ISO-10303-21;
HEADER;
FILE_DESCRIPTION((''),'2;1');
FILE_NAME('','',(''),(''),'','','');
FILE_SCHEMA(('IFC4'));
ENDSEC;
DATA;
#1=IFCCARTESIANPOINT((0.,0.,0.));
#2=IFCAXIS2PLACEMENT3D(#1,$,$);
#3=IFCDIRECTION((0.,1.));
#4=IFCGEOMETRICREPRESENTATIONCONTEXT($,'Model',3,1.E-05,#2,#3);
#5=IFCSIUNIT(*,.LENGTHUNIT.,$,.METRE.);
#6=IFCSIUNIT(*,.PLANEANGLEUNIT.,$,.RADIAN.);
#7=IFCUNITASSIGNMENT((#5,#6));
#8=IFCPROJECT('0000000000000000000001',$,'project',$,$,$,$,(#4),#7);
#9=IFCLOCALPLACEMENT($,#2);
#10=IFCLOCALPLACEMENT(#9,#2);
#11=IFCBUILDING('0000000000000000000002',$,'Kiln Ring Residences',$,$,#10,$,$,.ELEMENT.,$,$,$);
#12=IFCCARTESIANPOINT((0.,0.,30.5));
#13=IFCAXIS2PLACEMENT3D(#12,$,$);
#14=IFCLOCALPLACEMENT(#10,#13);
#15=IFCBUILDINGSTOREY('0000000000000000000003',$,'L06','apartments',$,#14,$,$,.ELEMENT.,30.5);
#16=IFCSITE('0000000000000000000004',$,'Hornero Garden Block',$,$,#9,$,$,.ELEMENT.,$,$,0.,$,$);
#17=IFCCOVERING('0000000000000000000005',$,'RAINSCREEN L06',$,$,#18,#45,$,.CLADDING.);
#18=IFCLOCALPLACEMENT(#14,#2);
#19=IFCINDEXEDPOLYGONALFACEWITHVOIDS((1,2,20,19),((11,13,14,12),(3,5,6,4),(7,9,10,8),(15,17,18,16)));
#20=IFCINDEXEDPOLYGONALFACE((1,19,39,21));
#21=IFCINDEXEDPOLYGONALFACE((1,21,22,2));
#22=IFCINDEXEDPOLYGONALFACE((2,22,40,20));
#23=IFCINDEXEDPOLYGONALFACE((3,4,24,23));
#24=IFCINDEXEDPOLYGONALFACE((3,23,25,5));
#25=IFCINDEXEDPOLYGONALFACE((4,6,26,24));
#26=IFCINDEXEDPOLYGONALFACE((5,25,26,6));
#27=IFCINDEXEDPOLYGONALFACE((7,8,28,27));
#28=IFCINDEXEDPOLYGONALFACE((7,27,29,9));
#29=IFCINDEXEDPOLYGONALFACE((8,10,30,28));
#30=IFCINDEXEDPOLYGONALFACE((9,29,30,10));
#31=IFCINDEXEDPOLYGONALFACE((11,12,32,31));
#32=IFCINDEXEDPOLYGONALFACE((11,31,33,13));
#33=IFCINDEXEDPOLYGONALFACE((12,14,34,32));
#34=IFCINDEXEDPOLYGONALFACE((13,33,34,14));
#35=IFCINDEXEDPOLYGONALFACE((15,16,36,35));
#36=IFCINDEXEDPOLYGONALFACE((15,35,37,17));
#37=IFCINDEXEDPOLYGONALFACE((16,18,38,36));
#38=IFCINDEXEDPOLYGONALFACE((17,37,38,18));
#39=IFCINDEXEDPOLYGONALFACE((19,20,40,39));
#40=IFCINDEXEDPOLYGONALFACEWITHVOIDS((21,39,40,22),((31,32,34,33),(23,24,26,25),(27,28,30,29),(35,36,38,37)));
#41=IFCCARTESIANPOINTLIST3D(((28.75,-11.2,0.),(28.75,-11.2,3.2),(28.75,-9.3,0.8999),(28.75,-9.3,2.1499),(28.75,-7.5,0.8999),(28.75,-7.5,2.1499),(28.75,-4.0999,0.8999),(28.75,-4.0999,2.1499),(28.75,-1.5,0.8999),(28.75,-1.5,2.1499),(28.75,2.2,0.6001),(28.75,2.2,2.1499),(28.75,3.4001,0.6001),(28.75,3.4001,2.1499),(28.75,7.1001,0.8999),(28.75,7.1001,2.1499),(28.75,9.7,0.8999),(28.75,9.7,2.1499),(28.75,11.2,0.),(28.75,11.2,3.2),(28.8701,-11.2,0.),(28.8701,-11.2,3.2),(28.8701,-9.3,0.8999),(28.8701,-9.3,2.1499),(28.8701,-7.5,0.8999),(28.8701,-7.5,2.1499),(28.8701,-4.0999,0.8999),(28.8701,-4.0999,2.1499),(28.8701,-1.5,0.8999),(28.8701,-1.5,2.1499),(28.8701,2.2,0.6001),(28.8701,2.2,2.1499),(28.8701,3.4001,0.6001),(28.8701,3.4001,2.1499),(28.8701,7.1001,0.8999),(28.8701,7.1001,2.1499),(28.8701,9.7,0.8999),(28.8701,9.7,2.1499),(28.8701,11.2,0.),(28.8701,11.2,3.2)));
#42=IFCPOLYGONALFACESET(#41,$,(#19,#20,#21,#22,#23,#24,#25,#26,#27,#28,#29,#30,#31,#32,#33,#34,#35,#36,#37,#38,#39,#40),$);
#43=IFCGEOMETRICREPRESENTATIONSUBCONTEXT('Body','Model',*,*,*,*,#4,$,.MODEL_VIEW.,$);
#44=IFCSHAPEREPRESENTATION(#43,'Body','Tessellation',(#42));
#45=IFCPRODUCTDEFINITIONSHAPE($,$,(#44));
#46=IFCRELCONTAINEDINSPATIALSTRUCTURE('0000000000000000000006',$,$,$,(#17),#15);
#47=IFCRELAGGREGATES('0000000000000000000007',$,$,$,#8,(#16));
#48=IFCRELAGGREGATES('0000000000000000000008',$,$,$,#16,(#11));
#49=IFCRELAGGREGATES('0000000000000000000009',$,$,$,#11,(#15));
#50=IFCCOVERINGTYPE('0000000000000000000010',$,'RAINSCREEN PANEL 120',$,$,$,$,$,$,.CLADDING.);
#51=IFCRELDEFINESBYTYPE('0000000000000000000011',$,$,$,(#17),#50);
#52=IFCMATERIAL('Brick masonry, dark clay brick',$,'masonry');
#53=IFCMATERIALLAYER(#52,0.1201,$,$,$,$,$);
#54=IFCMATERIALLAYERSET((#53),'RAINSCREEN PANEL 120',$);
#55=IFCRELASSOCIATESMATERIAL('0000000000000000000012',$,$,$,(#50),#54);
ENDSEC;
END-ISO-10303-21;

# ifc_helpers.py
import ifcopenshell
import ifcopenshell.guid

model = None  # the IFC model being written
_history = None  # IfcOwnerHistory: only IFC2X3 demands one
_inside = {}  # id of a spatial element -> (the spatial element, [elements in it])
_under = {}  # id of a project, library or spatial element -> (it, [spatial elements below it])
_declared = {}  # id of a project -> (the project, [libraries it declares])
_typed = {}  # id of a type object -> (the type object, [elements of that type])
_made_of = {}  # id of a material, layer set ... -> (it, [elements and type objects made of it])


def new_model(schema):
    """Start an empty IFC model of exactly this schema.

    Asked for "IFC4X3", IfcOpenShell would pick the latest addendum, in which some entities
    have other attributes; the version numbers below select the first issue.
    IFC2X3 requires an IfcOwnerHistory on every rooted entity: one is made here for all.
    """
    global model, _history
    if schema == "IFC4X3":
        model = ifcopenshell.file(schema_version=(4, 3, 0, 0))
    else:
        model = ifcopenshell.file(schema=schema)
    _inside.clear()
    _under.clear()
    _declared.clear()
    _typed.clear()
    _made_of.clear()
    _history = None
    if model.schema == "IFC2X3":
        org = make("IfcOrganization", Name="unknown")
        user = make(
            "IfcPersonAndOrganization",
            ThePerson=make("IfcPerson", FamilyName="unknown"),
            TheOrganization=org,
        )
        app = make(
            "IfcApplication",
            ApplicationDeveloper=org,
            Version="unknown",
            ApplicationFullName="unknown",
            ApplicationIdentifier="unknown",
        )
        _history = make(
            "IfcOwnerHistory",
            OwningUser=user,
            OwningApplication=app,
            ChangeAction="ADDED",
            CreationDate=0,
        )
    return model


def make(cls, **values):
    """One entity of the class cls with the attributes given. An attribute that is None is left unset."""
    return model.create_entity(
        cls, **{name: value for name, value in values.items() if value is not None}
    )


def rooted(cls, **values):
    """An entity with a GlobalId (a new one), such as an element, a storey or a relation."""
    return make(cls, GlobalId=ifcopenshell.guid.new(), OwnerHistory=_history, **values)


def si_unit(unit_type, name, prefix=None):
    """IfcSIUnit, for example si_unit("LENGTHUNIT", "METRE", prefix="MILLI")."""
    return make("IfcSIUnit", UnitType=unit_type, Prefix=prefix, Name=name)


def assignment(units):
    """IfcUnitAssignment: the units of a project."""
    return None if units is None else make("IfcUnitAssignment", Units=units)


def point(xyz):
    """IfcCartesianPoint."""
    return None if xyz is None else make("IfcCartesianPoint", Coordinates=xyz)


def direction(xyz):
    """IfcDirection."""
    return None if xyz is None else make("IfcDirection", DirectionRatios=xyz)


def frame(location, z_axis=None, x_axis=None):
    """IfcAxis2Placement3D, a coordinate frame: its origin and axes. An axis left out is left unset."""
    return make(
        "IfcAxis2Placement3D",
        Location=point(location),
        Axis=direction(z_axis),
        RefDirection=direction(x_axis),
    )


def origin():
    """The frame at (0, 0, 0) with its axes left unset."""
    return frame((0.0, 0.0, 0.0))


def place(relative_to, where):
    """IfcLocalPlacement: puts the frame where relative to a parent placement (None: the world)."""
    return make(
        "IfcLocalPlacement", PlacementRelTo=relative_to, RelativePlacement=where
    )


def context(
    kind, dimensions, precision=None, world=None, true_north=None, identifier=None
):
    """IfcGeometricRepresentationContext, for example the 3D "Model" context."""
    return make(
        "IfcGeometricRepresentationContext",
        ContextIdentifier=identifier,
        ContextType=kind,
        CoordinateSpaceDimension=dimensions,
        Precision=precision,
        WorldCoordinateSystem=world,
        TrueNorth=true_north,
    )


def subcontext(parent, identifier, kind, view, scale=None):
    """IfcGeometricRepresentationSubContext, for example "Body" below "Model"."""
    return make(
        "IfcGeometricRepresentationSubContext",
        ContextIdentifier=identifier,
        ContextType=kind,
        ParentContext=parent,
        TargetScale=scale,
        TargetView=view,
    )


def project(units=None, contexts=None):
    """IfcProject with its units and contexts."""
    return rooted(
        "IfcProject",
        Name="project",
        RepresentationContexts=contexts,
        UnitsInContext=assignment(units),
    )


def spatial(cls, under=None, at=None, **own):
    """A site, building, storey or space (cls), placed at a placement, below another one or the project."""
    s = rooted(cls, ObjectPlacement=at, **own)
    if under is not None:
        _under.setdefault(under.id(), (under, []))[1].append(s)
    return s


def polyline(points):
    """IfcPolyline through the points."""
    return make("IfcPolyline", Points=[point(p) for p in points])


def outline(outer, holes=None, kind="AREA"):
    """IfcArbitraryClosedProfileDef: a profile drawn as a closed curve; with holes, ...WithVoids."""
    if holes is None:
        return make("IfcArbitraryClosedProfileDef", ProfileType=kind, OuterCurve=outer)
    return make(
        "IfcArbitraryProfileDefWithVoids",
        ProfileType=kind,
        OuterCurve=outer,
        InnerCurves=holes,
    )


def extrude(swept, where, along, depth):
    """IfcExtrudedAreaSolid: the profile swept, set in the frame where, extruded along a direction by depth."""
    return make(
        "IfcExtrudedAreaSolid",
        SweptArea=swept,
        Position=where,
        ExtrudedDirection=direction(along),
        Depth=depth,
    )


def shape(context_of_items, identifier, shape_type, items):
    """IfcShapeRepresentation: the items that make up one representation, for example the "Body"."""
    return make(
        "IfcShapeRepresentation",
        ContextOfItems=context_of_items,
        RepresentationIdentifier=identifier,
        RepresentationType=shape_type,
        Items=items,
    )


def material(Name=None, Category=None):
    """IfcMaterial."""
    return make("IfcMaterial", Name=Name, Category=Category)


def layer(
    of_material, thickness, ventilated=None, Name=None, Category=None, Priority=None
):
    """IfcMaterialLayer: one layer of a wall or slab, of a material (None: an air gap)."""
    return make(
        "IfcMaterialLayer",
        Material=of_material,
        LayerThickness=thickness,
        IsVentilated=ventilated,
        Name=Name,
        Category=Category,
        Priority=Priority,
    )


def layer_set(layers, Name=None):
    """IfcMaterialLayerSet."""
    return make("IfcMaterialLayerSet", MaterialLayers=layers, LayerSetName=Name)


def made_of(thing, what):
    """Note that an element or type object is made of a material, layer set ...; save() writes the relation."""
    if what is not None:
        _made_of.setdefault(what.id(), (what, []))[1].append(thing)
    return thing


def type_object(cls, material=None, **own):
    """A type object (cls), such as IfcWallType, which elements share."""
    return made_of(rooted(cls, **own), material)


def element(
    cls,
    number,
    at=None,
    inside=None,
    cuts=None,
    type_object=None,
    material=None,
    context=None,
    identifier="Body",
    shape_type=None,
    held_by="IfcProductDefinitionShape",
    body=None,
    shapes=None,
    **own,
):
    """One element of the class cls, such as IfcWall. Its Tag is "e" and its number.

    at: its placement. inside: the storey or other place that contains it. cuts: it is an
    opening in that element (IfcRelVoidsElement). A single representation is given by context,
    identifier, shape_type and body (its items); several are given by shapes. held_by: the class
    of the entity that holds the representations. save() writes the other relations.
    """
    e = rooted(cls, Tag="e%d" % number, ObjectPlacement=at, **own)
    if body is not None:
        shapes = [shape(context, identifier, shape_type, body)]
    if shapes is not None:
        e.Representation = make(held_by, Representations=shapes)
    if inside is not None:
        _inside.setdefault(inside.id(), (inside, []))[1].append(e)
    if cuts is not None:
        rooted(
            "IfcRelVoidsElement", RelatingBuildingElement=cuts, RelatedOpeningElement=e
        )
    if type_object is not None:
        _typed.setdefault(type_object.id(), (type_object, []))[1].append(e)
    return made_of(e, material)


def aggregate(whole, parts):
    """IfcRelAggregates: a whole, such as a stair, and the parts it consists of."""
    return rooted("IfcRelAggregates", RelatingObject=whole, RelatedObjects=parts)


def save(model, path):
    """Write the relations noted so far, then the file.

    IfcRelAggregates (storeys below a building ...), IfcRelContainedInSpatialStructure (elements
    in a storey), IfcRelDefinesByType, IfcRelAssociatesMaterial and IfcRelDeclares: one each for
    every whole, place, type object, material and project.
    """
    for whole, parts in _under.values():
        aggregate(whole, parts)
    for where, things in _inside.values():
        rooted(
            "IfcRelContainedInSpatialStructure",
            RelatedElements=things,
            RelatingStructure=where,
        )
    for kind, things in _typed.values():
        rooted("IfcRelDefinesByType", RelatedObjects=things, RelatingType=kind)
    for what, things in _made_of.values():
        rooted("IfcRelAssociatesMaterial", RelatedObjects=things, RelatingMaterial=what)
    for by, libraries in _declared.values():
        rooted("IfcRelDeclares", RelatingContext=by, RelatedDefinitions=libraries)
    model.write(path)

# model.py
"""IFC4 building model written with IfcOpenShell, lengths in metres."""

from ifc_helpers import new_model, si_unit, direction, frame, origin, place, context, subcontext, project, spatial, polyline, outline, extrude, material, layer, layer_set, type_object, element, save


model = new_model("IFC4")

# Units and contexts
model_context = context("Model", 3, precision=1e-05, world=origin(), true_north=direction((0.0, 1.0)))
body_context = subcontext(model_context, "Body", "Model", "MODEL_VIEW")
ifc_project = project(units=[si_unit("LENGTHUNIT", "METRE"), si_unit("PLANEANGLEUNIT", "RADIAN")], contexts=[model_context])

# Site, building, storey
site_placement = place(None, origin())
site = spatial("IfcSite", under=ifc_project, at=site_placement, Name="Hornero Garden Block", CompositionType="ELEMENT", RefElevation=0.0)
building_placement = place(site_placement, origin())
building = spatial("IfcBuilding", under=site, at=building_placement, Name="Kiln Ring Residences", CompositionType="ELEMENT")
storey_placement = place(building_placement, frame((0.0, 0.0, 30.5)))
storey = spatial("IfcBuildingStorey", under=building, at=storey_placement, Name="L06", Description="apartments", CompositionType="ELEMENT", Elevation=30.5)

# Covering
ifc_material_1 = material(Name="Brick masonry, dark clay brick", Category="masonry")
ifc_layer_1 = layer(ifc_material_1, 0.1201)
ifc_layer_set_1 = layer_set([ifc_layer_1], Name="RAINSCREEN PANEL 120")
covering_type = type_object("IfcCoveringType", Name="RAINSCREEN PANEL 120", PredefinedType="CLADDING", material=ifc_layer_set_1)
covering_placement = place(storey_placement, frame((28.8101, -11.2, 0.0), z_axis=(0.0, 0.0, 1.0), x_axis=(0.0, 1.0, 0.0)))
element("IfcCovering", 1, at=covering_placement, inside=storey, type_object=covering_type, Name="RAINSCREEN L06", PredefinedType="CLADDING", context=body_context, shape_type="SweptSolid", body=[
    extrude(outline(polyline([(0.0, 0.0), (22.3999, 0.0), (22.3999, 3.2), (0.0, 3.2), (0.0, 0.0)]), holes=[polyline([(14.6001, 0.6001), (14.6001, 2.1499), (13.3999, 2.1499), (13.3999, 0.6001), (14.6001, 0.6001)]), polyline([(3.7, 0.8999), (3.7, 2.1499), (1.8999, 2.1499), (1.8999, 0.8999), (3.7, 0.8999)]), polyline([(9.7, 0.8999), (9.7, 2.1499), (7.1001, 2.1499), (7.1001, 0.8999), (9.7, 0.8999)]), polyline([(20.8999, 0.8999), (20.8999, 2.1499), (18.3, 2.1499), (18.3, 0.8999), (20.8999, 0.8999)])]), frame((0.0, 0.0601, 0.0), z_axis=(0.0, -1.0, 0.0), x_axis=(1.0, 0.0, 0.0)), (0.0, 0.0, 1.0), 0.1201),
])

save(model, "model.ifc")
